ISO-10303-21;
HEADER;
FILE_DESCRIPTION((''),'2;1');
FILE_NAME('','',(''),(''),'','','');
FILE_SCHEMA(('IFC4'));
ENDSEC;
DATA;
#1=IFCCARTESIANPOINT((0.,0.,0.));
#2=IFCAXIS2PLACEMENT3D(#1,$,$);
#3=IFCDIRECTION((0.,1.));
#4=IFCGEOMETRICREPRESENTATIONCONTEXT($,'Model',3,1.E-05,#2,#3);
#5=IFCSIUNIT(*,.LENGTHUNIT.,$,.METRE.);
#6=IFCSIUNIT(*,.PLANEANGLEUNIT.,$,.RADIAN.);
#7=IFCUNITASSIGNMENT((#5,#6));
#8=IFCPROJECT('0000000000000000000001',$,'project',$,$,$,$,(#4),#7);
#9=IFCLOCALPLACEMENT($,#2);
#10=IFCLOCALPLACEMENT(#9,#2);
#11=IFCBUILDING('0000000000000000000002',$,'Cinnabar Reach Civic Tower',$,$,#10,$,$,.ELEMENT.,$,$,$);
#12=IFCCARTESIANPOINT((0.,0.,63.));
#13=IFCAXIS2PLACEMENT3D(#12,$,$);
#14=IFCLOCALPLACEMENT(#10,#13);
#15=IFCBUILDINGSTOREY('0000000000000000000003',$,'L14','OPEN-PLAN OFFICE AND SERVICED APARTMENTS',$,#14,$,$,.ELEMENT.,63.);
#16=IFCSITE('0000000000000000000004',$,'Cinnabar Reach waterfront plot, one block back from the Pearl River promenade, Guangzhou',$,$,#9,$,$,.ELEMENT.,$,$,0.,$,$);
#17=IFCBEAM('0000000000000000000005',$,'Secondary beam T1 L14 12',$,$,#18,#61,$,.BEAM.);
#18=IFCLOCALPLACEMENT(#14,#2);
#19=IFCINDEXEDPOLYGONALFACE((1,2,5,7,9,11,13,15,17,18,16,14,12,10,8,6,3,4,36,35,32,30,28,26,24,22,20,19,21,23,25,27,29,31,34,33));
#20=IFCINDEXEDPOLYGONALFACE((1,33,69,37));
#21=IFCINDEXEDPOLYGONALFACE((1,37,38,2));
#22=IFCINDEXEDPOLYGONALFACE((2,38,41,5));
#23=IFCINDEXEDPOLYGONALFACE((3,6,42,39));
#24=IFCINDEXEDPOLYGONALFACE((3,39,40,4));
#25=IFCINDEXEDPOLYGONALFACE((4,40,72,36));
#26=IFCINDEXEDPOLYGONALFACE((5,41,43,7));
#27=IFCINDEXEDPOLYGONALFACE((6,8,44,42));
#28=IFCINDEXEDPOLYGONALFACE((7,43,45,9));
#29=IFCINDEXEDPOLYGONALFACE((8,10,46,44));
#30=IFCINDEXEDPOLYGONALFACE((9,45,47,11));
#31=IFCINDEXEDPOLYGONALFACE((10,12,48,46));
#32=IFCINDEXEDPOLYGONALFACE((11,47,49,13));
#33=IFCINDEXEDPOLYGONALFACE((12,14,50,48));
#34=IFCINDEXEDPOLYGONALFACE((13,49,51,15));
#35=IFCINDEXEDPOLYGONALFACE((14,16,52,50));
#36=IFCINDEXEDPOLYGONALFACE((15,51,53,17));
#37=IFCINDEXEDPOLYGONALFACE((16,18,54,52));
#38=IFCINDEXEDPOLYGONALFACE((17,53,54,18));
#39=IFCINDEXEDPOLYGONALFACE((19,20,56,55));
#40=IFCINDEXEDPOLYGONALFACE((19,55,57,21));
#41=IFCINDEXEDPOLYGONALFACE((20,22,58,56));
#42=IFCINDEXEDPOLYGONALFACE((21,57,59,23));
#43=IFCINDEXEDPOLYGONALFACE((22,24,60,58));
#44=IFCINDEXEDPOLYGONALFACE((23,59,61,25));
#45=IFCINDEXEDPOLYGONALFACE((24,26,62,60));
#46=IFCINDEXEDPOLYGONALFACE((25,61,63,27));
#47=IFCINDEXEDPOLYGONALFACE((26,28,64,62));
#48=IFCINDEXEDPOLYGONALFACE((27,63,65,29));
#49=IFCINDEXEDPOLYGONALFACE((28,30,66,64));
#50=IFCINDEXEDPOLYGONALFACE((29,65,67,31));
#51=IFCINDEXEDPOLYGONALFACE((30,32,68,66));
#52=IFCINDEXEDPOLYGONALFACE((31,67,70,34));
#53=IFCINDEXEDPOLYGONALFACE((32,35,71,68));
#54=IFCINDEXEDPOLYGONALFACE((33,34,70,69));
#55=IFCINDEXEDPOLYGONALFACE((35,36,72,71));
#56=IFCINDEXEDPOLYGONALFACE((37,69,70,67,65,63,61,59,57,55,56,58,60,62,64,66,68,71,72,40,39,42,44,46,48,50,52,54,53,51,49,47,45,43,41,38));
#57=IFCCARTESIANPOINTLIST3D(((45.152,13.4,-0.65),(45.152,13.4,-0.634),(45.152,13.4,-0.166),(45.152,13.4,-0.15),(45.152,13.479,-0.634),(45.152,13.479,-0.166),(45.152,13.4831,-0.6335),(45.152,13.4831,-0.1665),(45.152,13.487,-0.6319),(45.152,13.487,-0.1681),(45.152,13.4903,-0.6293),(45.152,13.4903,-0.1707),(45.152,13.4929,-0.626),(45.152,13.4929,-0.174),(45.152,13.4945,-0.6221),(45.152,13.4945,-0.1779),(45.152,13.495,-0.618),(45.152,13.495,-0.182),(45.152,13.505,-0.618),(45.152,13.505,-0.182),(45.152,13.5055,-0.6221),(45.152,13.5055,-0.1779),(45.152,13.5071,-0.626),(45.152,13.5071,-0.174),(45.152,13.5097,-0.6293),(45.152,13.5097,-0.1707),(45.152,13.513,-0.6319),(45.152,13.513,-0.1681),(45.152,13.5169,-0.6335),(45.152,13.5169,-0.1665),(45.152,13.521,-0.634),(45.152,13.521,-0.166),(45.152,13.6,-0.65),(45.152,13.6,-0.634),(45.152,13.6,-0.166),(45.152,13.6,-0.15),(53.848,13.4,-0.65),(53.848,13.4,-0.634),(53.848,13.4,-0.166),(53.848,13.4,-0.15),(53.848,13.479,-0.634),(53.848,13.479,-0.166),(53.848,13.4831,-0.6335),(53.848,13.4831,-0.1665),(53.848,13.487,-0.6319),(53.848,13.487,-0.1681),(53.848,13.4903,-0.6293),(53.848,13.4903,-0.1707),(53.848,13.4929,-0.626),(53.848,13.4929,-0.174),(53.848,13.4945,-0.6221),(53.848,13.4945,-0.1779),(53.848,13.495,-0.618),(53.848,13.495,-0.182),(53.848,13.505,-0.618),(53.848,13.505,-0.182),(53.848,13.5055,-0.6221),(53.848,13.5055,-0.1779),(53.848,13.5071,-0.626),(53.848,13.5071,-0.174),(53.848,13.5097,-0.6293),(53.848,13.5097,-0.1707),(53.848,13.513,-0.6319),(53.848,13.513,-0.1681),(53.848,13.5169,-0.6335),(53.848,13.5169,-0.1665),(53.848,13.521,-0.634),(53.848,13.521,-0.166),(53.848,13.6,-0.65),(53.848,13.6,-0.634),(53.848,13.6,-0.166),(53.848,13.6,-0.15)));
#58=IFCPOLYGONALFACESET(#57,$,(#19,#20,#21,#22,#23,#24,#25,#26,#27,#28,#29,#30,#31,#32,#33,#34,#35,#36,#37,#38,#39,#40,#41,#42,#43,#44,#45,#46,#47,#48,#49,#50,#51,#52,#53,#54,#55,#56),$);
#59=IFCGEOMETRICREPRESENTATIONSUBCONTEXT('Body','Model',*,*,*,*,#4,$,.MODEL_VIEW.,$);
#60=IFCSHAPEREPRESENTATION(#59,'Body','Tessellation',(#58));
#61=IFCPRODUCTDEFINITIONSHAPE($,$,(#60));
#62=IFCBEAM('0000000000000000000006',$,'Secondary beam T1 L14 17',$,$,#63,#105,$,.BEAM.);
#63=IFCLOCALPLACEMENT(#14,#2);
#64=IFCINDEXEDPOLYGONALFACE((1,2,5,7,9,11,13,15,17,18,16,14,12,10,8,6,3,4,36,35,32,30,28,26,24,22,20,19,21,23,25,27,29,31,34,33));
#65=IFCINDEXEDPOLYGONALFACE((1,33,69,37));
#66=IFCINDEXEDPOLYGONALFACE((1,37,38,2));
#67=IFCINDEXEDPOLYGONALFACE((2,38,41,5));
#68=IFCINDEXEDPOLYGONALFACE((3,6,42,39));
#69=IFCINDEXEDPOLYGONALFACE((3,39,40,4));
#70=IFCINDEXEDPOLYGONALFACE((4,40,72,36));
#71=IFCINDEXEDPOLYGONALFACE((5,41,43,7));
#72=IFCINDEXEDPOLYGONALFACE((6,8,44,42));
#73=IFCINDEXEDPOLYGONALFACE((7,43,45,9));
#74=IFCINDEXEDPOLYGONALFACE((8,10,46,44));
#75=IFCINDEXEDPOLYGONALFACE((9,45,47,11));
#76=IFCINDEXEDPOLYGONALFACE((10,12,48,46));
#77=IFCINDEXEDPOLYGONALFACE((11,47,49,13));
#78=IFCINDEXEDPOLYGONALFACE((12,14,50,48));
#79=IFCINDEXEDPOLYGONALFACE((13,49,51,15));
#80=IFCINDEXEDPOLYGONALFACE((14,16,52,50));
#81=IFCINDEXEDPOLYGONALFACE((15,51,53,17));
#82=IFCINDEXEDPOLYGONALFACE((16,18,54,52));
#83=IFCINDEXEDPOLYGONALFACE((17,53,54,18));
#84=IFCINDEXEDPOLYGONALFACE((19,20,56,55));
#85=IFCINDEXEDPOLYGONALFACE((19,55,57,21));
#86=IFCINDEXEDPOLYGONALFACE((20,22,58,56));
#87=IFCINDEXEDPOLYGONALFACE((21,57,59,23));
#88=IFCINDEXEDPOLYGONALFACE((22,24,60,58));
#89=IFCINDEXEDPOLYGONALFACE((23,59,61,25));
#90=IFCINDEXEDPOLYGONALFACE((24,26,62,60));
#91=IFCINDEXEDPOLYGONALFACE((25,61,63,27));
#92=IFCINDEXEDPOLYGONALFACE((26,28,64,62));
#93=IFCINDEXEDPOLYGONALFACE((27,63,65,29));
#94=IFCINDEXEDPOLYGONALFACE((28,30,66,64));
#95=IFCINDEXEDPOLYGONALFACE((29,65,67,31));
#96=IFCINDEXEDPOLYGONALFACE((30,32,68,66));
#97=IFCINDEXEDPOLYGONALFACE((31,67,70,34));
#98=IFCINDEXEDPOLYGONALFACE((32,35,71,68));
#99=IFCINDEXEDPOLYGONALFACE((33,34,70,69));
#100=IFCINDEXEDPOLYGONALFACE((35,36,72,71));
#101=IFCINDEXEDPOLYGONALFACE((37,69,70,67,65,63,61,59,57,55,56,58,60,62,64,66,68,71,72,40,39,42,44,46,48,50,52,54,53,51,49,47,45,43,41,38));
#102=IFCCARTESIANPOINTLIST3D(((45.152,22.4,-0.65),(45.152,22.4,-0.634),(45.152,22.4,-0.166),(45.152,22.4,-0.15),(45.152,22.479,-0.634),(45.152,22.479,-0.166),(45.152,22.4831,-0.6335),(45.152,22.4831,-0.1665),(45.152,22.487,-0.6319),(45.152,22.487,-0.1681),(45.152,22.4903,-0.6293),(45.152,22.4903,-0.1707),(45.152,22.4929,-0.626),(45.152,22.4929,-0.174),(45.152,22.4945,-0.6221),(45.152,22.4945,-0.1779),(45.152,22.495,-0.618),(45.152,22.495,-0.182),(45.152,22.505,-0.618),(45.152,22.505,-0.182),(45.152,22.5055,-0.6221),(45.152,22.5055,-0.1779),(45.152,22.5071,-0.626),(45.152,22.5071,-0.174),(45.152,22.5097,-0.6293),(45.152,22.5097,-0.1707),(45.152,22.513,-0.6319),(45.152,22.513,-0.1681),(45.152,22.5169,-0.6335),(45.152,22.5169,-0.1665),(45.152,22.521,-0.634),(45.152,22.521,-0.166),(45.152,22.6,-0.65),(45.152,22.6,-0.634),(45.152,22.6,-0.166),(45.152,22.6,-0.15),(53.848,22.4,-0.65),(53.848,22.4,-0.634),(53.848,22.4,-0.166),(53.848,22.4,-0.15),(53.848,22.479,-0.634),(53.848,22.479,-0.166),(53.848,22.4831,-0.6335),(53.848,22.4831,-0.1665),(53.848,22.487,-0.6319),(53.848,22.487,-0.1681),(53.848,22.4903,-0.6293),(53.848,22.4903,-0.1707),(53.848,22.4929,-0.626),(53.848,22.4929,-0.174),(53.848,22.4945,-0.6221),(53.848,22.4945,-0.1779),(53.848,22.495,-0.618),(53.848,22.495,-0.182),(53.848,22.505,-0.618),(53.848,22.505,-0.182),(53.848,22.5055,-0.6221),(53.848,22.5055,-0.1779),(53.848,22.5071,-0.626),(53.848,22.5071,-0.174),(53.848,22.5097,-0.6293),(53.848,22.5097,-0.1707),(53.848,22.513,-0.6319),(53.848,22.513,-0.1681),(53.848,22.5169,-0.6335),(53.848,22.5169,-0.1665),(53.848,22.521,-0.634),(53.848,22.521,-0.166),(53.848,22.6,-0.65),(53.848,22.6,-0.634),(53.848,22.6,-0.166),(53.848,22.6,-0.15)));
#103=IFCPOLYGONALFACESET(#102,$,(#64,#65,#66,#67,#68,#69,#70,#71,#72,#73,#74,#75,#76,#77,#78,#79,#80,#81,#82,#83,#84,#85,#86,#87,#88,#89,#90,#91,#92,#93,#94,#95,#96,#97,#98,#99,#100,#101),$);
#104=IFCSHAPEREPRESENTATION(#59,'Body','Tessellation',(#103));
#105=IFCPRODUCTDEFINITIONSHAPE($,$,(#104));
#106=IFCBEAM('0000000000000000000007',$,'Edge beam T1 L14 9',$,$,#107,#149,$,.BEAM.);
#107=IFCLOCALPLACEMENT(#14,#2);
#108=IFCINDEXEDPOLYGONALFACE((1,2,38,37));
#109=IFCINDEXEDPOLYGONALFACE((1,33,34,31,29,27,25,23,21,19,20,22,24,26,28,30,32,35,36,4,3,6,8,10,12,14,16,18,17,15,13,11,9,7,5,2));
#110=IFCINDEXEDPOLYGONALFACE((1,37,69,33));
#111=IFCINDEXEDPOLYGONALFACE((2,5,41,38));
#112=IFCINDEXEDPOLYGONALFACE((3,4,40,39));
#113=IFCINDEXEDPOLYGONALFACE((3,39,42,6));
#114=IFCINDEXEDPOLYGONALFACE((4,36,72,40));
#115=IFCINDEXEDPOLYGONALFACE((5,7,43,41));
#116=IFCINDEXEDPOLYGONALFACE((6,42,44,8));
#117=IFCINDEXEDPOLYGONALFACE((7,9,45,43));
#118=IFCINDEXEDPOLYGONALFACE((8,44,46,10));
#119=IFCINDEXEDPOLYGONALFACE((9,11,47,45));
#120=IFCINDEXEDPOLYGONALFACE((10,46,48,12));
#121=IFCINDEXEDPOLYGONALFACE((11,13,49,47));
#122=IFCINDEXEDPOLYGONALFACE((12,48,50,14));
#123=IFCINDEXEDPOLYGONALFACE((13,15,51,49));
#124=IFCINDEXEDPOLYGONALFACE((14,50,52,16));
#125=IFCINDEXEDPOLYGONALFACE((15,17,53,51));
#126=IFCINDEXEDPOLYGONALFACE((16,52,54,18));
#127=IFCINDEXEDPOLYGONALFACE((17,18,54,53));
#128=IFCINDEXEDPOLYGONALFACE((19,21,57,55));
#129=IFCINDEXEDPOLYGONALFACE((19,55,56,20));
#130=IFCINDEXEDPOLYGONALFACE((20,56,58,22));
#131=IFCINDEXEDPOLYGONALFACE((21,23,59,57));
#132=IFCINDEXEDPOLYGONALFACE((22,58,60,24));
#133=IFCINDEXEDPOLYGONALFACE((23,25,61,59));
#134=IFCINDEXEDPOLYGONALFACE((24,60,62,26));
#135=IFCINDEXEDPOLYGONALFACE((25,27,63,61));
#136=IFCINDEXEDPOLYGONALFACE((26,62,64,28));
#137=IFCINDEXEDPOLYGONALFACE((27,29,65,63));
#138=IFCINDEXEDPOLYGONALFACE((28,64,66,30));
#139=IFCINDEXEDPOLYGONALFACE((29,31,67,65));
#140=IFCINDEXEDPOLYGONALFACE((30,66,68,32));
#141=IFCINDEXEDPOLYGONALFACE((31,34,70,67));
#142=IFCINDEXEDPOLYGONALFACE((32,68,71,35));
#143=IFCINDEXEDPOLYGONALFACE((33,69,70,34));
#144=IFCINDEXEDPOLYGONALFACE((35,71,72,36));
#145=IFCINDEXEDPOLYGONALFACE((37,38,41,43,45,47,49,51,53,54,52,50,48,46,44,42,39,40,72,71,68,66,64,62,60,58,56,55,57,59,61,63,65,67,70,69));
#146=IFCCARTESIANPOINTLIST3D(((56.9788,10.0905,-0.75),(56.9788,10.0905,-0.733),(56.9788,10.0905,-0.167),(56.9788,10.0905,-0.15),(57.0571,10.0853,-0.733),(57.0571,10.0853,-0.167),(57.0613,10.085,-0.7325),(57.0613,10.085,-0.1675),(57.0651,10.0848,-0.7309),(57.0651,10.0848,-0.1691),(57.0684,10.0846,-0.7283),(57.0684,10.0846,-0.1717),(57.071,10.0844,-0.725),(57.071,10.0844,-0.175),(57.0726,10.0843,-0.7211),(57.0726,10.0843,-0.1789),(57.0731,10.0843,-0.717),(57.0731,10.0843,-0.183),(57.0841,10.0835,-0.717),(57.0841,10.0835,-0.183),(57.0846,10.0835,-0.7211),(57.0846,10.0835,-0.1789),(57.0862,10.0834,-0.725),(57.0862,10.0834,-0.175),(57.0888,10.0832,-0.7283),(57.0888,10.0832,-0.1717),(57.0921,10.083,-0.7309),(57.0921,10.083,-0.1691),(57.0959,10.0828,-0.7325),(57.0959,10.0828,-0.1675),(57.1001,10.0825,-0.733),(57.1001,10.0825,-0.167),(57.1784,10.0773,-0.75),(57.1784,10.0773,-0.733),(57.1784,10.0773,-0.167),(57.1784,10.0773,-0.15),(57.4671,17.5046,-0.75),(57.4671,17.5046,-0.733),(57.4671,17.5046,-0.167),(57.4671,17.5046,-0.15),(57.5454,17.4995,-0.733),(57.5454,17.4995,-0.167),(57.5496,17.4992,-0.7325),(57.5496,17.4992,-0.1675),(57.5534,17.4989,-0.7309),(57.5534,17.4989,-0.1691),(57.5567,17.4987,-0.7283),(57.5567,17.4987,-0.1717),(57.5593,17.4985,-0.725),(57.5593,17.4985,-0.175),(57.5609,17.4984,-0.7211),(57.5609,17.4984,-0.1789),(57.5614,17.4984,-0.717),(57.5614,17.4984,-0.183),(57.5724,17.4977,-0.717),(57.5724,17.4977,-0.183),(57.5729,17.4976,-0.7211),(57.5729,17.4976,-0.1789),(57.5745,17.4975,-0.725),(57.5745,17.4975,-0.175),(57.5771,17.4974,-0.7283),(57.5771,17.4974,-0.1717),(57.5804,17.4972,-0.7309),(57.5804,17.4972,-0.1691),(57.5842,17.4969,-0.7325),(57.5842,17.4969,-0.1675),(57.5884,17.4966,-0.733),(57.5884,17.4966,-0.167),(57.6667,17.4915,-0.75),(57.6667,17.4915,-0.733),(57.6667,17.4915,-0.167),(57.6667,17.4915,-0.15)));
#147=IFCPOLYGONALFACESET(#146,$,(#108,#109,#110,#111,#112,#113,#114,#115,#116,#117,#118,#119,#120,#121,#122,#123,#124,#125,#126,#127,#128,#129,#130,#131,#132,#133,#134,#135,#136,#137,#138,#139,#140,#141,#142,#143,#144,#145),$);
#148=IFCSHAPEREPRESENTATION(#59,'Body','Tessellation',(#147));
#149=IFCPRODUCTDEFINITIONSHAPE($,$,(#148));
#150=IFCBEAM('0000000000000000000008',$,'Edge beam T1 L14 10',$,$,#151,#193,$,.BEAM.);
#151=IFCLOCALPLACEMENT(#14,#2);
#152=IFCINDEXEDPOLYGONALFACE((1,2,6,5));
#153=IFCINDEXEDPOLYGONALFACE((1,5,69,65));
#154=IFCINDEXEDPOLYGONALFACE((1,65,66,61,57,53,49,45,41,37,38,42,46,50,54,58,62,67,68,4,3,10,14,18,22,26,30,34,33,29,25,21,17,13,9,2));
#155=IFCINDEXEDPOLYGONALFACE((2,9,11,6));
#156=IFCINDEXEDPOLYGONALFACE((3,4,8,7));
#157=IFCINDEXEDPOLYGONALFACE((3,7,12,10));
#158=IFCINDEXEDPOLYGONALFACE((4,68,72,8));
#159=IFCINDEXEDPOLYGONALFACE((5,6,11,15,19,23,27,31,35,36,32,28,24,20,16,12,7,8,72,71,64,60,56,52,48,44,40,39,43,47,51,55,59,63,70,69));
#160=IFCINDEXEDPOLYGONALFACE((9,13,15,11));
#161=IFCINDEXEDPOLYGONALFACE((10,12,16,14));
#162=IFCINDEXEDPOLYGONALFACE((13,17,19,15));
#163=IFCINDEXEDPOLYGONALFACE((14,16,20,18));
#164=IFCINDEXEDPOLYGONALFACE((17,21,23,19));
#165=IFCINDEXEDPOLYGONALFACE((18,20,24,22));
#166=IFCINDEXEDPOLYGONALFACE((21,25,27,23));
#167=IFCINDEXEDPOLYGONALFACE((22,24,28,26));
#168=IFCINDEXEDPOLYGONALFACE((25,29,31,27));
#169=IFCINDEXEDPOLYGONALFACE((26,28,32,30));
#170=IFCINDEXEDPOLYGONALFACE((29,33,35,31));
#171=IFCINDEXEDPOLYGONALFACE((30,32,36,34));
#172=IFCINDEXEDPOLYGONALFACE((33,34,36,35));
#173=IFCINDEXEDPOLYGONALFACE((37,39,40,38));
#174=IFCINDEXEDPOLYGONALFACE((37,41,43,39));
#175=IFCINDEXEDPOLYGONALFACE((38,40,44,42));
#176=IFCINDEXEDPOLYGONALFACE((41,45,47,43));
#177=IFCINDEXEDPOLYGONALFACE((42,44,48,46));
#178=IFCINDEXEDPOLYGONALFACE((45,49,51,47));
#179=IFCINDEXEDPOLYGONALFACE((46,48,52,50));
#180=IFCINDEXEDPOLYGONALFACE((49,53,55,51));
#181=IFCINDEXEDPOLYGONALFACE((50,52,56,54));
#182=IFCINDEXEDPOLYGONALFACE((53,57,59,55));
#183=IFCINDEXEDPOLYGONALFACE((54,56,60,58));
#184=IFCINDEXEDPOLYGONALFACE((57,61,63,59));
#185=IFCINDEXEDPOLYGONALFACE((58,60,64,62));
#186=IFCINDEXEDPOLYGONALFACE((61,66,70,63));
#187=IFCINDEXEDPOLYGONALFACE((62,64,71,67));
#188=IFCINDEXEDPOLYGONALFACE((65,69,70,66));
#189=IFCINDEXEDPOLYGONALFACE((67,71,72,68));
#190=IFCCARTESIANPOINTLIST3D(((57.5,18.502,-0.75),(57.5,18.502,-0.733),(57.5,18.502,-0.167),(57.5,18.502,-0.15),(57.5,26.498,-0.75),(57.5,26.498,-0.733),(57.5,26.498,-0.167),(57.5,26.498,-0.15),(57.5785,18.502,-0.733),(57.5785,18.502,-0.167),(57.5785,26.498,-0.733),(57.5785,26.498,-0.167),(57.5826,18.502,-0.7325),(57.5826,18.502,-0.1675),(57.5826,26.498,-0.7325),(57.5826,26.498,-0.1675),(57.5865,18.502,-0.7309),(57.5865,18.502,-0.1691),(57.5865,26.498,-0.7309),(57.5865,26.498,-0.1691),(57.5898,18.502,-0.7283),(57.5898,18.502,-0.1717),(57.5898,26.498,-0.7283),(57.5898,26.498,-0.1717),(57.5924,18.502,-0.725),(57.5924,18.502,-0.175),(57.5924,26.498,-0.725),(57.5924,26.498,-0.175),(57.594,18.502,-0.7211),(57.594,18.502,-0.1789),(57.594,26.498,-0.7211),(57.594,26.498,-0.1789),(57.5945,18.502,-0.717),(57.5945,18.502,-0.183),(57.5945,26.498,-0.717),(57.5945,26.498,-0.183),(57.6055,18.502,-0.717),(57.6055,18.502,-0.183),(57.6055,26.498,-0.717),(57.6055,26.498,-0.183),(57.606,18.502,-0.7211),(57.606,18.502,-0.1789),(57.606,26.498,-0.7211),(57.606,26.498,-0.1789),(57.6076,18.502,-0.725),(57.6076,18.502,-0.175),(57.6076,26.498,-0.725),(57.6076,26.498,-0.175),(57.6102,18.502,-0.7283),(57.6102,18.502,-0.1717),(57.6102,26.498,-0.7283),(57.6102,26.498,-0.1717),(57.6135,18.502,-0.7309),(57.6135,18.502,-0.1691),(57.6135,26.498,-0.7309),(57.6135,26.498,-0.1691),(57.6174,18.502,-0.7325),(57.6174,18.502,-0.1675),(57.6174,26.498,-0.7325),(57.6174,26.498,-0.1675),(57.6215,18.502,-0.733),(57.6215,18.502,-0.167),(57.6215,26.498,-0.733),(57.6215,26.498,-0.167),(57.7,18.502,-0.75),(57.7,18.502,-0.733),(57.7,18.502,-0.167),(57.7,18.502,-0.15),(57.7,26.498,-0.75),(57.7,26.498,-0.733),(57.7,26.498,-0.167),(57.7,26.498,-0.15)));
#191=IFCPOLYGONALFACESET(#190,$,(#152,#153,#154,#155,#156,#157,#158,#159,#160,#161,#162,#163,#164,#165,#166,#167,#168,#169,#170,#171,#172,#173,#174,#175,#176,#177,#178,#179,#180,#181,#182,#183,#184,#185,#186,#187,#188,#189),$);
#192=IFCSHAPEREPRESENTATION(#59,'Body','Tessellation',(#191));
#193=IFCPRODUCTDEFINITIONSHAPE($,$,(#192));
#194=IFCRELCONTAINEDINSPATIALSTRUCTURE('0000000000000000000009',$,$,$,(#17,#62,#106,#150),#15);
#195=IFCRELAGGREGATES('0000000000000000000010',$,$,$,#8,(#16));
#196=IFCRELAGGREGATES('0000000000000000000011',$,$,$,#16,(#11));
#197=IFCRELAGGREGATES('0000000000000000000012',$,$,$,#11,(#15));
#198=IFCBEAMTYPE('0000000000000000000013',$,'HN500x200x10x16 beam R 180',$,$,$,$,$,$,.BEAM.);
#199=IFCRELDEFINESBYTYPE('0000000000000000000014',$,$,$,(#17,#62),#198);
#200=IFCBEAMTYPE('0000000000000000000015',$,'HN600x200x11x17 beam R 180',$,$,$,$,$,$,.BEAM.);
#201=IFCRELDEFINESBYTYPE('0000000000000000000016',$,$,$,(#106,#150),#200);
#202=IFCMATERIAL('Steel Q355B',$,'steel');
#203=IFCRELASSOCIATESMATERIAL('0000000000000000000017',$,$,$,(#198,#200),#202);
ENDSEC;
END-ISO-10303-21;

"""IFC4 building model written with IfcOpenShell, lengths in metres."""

from ifc_helpers import new_model, si_unit, direction, frame, origin, origin_2d, place, context, subcontext, project, spatial, i_section, extrude, material, material_profile, profile_set, type_object, element, save


model = new_model("IFC4")

# Units and contexts
model_context = context("Model", 3, precision=1e-05, world=origin(), true_north=direction((0.0, 1.0)))
body_context = subcontext(model_context, "Body", "Model", "MODEL_VIEW")
ifc_project = project(units=[si_unit("LENGTHUNIT", "METRE"), si_unit("PLANEANGLEUNIT", "RADIAN")], contexts=[model_context])

# Site, building, storey
site_placement = place(None, origin())
site = spatial("IfcSite", under=ifc_project, at=site_placement, Name="Cinnabar Reach waterfront plot, one block back from the Pearl River promenade, Guangzhou", CompositionType="ELEMENT", RefElevation=0.0)
building_placement = place(site_placement, origin())
building = spatial("IfcBuilding", under=site, at=building_placement, Name="Cinnabar Reach Civic Tower", CompositionType="ELEMENT")
storey_placement = place(building_placement, frame((0.0, 0.0, 63.0)))
storey = spatial("IfcBuildingStorey", under=building, at=storey_placement, Name="L14", Description="OPEN-PLAN OFFICE AND SERVICED APARTMENTS", CompositionType="ELEMENT", Elevation=63.0)

# Beams
ifc_material_1 = material(Name="Steel Q355B", Category="steel")
ifc_material_profile_1 = material_profile(ifc_material_1, i_section(OverallWidth=0.2, OverallDepth=0.5, WebThickness=0.01, FlangeThickness=0.016, FilletRadius=0.016, at=origin_2d()), Name="HN500x200x10x16")
ifc_profile_set_1 = profile_set([ifc_material_profile_1], Name="Steel Q355B")
beam_type_1 = type_object("IfcBeamType", Name="HN500x200x10x16 beam R 180", PredefinedType="BEAM", material=ifc_profile_set_1)
for number, where, z_axis, x_axis, name in (
    (1, (45.152, 13.5, -0.4), (1.0, 0.0, 0.0), (0.0, 1.0, 0.0), "Secondary beam T1 L14 12"),
    (2, (45.152, 22.5, -0.4), (1.0, 0.0, 0.0), (0.0, 1.0, 0.0), "Secondary beam T1 L14 17"),
):
    element("IfcBeam", number, at=place(storey_placement, frame(where, z_axis=z_axis, x_axis=x_axis)), inside=storey, type_object=beam_type_1, Name=name, PredefinedType="BEAM", context=body_context, shape_type="SweptSolid", body=[
        extrude(i_section(OverallWidth=0.2, OverallDepth=0.5, WebThickness=0.01, FlangeThickness=0.016, FilletRadius=0.016, at=origin_2d()), origin(), (0.0, 0.0, 1.0), 8.696),
    ])
ifc_material_profile_2 = material_profile(ifc_material_1, i_section(OverallWidth=0.2, OverallDepth=0.6, WebThickness=0.011, FlangeThickness=0.017, FilletRadius=0.016, at=origin_2d()), Name="HN600x200x11x17")
ifc_profile_set_2 = profile_set([ifc_material_profile_2], Name="Steel Q355B")
beam_type_2 = type_object("IfcBeamType", Name="HN600x200x11x17 beam R 180", PredefinedType="BEAM", material=ifc_profile_set_2)
beam_1_placement = place(storey_placement, frame((57.0786, 10.0839, -0.45), z_axis=(0.065719, 0.997838, 0.0), x_axis=(-0.997838, 0.065719, 0.0)))
element("IfcBeam", 3, at=beam_1_placement, inside=storey, type_object=beam_type_2, Name="Edge beam T1 L14 9", PredefinedType="BEAM", context=body_context, shape_type="SweptSolid", body=[
    extrude(i_section(OverallWidth=0.2, OverallDepth=0.6, WebThickness=0.011, FlangeThickness=0.017, FilletRadius=0.016, at=origin_2d()), origin(), (0.0, 0.0, 1.0), 7.4302),
])
beam_2_placement = place(storey_placement, frame((57.6, 18.502, -0.45), z_axis=(0.0, 1.0, 0.0), x_axis=(-1.0, 0.0, 0.0)))
element("IfcBeam", 4, at=beam_2_placement, inside=storey, type_object=beam_type_2, Name="Edge beam T1 L14 10", PredefinedType="BEAM", context=body_context, shape_type="SweptSolid", body=[
    extrude(i_section(OverallWidth=0.2, OverallDepth=0.6, WebThickness=0.011, FlangeThickness=0.017, FilletRadius=0.016, at=origin_2d()), origin(), (0.0, 0.0, 1.0), 7.996),
])

save(model, "model.ifc")
